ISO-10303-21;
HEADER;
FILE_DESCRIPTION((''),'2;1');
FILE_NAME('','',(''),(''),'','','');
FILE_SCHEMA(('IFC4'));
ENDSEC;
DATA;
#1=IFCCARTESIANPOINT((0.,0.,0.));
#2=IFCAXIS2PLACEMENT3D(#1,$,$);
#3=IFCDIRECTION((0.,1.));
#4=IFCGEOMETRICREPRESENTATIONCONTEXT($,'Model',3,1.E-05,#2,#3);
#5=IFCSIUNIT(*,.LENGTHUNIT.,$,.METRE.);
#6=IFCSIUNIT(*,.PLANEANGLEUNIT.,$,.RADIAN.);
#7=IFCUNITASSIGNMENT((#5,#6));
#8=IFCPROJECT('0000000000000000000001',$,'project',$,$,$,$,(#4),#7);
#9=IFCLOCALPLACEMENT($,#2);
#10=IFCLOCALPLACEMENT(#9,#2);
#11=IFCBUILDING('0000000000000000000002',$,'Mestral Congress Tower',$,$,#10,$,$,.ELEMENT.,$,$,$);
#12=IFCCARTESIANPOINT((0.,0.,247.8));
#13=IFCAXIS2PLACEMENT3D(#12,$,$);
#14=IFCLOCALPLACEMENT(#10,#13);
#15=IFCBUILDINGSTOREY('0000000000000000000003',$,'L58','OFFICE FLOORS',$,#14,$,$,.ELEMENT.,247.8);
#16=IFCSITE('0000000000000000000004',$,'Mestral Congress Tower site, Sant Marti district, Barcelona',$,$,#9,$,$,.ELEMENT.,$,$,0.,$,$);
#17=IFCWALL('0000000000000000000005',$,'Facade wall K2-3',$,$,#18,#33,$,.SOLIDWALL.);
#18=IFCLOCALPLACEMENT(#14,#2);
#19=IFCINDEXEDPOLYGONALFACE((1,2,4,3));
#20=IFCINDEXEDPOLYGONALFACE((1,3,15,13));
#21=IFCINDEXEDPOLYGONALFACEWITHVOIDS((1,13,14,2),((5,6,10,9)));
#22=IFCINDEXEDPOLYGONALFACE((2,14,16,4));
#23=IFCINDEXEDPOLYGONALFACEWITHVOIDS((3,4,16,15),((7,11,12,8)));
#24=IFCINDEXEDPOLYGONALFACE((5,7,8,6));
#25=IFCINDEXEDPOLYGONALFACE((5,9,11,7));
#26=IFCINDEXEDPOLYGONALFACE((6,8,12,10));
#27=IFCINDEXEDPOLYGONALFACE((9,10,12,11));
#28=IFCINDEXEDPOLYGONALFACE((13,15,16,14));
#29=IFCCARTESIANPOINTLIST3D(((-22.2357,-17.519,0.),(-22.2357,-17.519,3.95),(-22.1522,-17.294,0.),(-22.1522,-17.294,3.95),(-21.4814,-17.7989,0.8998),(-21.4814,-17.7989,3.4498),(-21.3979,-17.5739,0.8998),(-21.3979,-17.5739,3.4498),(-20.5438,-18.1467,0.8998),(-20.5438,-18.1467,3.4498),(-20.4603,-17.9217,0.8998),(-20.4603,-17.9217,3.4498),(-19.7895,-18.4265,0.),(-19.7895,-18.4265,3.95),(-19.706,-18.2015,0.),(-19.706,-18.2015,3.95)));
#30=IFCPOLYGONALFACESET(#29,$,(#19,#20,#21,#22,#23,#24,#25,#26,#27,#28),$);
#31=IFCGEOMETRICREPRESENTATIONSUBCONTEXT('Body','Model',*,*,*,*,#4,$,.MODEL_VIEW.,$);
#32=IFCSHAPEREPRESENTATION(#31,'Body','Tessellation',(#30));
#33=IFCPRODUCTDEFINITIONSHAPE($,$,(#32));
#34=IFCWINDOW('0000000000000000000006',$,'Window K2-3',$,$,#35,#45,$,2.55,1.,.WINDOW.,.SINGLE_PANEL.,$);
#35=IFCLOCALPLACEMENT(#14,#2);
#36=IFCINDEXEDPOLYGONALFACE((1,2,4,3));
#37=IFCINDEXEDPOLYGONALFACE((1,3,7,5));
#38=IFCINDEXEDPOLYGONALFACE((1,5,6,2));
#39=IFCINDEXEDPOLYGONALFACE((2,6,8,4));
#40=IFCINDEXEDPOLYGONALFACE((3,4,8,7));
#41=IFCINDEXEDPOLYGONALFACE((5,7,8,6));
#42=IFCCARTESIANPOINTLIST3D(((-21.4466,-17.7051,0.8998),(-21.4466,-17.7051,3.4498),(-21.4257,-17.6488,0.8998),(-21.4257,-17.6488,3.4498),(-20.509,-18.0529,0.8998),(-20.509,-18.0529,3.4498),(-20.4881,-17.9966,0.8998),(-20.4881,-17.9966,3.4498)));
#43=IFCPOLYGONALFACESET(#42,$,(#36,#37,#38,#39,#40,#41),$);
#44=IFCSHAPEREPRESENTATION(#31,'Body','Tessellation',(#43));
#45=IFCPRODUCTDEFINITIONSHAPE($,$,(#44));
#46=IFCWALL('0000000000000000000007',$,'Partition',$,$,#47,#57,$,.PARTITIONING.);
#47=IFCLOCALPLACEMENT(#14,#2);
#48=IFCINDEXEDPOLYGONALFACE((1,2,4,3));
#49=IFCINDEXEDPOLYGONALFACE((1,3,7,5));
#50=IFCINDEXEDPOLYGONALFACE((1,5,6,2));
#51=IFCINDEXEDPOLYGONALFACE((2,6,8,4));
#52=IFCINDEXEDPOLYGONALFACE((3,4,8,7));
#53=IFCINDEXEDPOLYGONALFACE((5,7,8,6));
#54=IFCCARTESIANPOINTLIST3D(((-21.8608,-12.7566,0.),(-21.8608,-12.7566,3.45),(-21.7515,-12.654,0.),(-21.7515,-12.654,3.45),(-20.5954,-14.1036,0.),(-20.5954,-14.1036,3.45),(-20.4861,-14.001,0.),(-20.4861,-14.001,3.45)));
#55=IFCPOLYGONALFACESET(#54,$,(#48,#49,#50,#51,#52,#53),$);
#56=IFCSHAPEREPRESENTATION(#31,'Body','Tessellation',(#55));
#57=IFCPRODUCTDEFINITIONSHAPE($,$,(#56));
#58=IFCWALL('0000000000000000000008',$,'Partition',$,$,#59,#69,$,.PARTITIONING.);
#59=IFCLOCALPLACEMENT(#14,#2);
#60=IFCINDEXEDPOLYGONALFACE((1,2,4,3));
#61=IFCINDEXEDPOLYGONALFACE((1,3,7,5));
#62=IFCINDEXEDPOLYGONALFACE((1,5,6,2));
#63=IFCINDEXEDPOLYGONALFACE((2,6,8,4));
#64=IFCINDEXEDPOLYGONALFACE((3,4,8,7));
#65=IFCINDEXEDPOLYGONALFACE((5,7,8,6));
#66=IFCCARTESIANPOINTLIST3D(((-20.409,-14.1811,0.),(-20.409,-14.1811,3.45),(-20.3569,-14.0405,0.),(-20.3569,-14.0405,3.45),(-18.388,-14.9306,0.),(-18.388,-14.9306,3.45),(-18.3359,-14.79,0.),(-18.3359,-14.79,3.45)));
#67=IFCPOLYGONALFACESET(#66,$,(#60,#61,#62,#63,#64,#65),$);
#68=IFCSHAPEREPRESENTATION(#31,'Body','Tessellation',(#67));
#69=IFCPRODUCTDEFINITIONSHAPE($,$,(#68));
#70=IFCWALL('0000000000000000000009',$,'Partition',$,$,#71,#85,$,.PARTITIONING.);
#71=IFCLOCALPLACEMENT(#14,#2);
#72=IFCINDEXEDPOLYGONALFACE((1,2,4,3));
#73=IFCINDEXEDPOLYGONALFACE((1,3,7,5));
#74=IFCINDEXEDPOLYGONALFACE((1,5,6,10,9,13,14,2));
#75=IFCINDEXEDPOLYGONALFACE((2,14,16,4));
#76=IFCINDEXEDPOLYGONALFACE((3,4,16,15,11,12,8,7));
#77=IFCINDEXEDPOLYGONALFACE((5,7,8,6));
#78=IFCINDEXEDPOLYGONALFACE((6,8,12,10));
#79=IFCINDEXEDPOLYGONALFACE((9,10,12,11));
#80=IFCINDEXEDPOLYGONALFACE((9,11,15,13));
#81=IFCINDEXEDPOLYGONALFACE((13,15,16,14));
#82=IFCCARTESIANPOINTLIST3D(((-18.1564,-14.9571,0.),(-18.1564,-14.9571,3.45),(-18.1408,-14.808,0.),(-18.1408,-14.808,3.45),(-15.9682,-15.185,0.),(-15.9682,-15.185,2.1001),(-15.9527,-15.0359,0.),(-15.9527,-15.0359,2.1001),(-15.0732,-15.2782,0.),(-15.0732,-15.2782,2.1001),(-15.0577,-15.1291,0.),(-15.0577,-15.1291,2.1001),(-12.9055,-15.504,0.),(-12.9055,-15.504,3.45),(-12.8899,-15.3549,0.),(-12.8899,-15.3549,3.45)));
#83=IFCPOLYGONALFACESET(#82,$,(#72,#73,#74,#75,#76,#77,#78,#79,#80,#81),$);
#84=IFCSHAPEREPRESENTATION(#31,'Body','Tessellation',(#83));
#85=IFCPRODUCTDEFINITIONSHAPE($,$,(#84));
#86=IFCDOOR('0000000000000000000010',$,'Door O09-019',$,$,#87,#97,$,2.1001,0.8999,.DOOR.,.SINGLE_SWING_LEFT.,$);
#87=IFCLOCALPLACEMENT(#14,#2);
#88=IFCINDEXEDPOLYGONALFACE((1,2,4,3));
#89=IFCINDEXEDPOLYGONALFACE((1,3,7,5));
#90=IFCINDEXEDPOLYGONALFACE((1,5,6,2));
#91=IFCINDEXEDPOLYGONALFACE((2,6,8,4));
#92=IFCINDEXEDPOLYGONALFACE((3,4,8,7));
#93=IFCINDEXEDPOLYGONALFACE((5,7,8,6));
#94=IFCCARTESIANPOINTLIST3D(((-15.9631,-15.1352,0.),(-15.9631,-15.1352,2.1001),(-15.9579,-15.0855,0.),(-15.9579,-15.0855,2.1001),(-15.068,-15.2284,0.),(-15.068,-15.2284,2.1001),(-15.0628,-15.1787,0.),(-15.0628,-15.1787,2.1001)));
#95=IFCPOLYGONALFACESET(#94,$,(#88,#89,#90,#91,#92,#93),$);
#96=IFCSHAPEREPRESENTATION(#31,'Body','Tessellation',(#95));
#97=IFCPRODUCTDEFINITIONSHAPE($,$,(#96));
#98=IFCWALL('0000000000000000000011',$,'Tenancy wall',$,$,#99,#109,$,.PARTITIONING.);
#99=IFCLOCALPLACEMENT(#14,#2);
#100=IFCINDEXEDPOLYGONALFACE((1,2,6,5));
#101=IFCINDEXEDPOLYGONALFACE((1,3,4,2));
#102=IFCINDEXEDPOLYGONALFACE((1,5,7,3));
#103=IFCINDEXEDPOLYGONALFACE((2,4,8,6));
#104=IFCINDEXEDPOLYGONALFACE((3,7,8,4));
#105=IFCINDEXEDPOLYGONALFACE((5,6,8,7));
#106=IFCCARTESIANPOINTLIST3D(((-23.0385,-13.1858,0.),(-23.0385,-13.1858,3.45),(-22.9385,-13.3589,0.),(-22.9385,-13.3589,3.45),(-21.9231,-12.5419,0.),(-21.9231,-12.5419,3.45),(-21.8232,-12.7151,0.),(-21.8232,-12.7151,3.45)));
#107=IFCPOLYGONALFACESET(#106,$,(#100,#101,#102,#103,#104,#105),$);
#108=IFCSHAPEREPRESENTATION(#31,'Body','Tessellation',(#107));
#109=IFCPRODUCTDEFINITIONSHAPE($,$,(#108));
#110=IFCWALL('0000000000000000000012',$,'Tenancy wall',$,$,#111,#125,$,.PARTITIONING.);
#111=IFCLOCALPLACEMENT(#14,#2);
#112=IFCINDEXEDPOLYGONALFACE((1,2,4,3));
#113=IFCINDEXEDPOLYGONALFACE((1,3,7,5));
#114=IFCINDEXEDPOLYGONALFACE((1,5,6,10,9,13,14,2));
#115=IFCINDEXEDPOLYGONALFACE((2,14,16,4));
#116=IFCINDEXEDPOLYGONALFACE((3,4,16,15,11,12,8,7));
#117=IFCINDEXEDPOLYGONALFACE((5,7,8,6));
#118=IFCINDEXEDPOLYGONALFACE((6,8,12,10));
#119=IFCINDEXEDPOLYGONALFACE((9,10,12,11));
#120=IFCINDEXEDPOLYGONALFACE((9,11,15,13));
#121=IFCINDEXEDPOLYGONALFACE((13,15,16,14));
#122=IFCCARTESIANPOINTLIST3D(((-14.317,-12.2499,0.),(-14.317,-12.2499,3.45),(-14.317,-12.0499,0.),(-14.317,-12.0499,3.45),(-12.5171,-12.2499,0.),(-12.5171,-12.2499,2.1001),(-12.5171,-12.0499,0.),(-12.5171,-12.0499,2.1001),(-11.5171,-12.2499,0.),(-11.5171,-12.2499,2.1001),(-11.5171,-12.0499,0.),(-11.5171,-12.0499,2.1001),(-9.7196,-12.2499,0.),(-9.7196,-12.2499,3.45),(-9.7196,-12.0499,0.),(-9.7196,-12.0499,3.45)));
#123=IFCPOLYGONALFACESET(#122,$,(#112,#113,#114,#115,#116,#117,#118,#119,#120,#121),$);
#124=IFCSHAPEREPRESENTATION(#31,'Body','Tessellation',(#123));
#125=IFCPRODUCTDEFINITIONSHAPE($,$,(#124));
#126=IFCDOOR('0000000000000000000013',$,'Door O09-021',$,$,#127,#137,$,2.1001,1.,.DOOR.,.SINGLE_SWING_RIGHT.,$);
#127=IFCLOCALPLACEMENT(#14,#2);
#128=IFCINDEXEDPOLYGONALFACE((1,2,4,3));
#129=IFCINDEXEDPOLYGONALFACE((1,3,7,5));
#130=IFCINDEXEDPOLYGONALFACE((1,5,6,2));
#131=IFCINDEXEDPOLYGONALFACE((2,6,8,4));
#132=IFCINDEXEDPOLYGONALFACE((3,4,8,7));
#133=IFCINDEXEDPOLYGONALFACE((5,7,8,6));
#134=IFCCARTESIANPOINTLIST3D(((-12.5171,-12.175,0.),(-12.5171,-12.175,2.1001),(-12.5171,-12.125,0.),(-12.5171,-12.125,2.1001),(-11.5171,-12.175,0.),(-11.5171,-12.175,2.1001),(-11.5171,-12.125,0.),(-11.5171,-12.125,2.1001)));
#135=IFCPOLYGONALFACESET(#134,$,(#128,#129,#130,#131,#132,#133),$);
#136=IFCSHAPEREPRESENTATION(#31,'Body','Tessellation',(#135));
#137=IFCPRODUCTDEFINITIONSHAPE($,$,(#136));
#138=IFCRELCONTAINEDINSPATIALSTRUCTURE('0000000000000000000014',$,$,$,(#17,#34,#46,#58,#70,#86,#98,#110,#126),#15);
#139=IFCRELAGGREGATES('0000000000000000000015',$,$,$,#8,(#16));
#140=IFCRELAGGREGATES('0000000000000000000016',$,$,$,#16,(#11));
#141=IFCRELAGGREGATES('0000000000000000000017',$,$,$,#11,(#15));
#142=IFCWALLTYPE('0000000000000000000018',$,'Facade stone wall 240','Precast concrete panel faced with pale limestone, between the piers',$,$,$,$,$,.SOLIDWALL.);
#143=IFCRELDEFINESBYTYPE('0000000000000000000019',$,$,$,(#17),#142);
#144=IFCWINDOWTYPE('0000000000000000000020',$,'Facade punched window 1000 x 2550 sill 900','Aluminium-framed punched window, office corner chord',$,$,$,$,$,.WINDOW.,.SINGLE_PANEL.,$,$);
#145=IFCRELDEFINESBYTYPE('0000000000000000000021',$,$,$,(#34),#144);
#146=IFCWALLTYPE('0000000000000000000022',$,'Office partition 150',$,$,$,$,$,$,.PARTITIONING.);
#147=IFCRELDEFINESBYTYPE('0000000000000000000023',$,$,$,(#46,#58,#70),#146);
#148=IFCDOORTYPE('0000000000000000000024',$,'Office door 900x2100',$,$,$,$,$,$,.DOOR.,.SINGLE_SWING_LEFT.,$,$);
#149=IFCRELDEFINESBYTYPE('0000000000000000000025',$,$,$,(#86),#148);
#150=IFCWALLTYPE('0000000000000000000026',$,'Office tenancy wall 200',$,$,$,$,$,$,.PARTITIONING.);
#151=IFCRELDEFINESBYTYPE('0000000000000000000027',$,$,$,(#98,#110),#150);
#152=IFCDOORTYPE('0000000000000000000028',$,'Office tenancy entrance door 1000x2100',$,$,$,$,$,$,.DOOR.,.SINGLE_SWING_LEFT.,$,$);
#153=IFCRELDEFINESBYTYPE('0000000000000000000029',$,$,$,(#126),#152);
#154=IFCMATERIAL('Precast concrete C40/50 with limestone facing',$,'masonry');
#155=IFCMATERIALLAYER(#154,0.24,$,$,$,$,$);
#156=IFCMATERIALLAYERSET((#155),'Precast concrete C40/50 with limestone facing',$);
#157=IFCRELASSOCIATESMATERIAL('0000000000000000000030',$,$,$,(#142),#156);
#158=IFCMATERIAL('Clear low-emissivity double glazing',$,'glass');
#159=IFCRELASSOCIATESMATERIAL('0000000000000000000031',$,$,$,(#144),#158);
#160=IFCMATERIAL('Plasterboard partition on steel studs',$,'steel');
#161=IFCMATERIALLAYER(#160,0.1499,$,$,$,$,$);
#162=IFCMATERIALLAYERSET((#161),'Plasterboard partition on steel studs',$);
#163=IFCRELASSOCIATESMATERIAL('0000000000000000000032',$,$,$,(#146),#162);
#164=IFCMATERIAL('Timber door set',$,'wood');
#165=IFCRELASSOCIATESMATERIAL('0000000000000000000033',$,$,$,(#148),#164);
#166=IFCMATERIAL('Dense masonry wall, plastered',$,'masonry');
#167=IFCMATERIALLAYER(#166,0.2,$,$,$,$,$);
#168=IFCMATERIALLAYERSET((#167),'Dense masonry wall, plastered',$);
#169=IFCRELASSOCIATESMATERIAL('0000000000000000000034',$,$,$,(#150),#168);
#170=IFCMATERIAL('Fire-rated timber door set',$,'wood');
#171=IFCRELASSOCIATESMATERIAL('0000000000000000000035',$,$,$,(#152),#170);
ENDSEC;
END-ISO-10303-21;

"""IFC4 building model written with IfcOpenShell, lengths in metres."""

from ifc_helpers import new_model, si_unit, direction, frame, frame_2d, origin, place, context, subcontext, project, spatial, rectangle, extrude, material, layer, layer_set, type_object, element, fill, save


model = new_model("IFC4")

# Units and contexts
model_context = context("Model", 3, precision=1e-05, world=origin(), true_north=direction((0.0, 1.0)))
body_context = subcontext(model_context, "Body", "Model", "MODEL_VIEW")
ifc_project = project(units=[si_unit("LENGTHUNIT", "METRE"), si_unit("PLANEANGLEUNIT", "RADIAN")], contexts=[model_context])

# Site, building, storey
site_placement = place(None, origin())
site = spatial("IfcSite", under=ifc_project, at=site_placement, Name="Mestral Congress Tower site, Sant Marti district, Barcelona", CompositionType="ELEMENT", RefElevation=0.0)
building_placement = place(site_placement, origin())
building = spatial("IfcBuilding", under=site, at=building_placement, Name="Mestral Congress Tower", CompositionType="ELEMENT")
storey_placement = place(building_placement, frame((0.0, 0.0, 247.8)))
storey = spatial("IfcBuildingStorey", under=building, at=storey_placement, Name="L58", Description="OFFICE FLOORS", CompositionType="ELEMENT", Elevation=247.8)

# Shared definitions
ifc_material_1 = material(Name="Precast concrete C40/50 with limestone facing", Category="masonry")
ifc_layer_1 = layer(ifc_material_1, 0.24)
ifc_layer_set_1 = layer_set([ifc_layer_1], Name="Precast concrete C40/50 with limestone facing")
wall_type_1 = type_object("IfcWallType", Name="Facade stone wall 240", Description="Precast concrete panel faced with pale limestone, between the piers", PredefinedType="SOLIDWALL", material=ifc_layer_set_1)
ifc_material_2 = material(Name="Clear low-emissivity double glazing", Category="glass")

# Wall, opening, window
window_type_1 = type_object("IfcWindowType", Name="Facade punched window 1000 x 2550 sill 900", Description="Aluminium-framed punched window, office corner chord", PartitioningType="SINGLE_PANEL", PredefinedType="WINDOW", material=ifc_material_2)
wall_1_placement = place(storey_placement, frame((-22.1941, -17.4065, 0.0), z_axis=(0.0, 0.0, 1.0), x_axis=(0.937569, -0.347799, 0.0)))
wall_1 = element("IfcWall", 1, at=wall_1_placement, inside=storey, type_object=wall_type_1, Name="Facade wall K2-3", PredefinedType="SOLIDWALL", context=body_context, shape_type="SweptSolid", body=[
    extrude(rectangle(XDim=2.6091, YDim=0.24, at=frame_2d((1.3047, 0.0))), origin(), (0.0, 0.0, 1.0), 3.95),
])
opening_1_placement = place(wall_1_placement, frame((0.8047, 0.0, 0.8999)))
opening_1 = element("IfcOpeningElement", 2, at=opening_1_placement, cuts=wall_1, PredefinedType="OPENING", context=body_context, shape_type="SweptSolid", body=[
    extrude(rectangle(XDim=1.0, YDim=2.55, at=frame_2d((0.5, 1.2749))), frame((0.0, 0.1299, 0.0), z_axis=(0.0, -1.0, 0.0), x_axis=(1.0, 0.0, 0.0)), (0.0, 0.0, 1.0), 0.26),
])
window_1_placement = place(opening_1_placement, origin())
window_1 = element("IfcWindow", 3, at=window_1_placement, inside=storey, type_object=window_type_1, Name="Window K2-3", OverallHeight=2.55, OverallWidth=1.0, PartitioningType="SINGLE_PANEL", PredefinedType="WINDOW", context=body_context, shape_type="SweptSolid", body=[
    extrude(rectangle(XDim=1.0, YDim=2.55, at=frame_2d((0.5, 1.2749))), frame((0.0, 0.04, 0.0), z_axis=(0.0, -1.0, 0.0), x_axis=(1.0, 0.0, 0.0)), (0.0, 0.0, 1.0), 0.0601),
])
fill(opening_1, window_1)

# Walls
ifc_material_3 = material(Name="Plasterboard partition on steel studs", Category="steel")
ifc_layer_2 = layer(ifc_material_3, 0.1499)
ifc_layer_set_2 = layer_set([ifc_layer_2], Name="Plasterboard partition on steel studs")
wall_type_2 = type_object("IfcWallType", Name="Office partition 150", PredefinedType="PARTITIONING", material=ifc_layer_set_2)
wall_2_placement = place(storey_placement, frame((-21.8062, -12.7053, 0.0), z_axis=(0.0, 0.0, 1.0), x_axis=(0.684701, -0.728824, 0.0)))
element("IfcWall", 4, at=wall_2_placement, inside=storey, type_object=wall_type_2, Name="Partition", PredefinedType="PARTITIONING", context=body_context, shape_type="SweptSolid", body=[
    extrude(rectangle(XDim=1.8481, YDim=0.1499, at=frame_2d((0.9241, 0.0))), origin(), (0.0, 0.0, 1.0), 3.45),
])
wall_3_placement = place(storey_placement, frame((-20.3828, -14.1108, 0.0), z_axis=(0.0, 0.0, 1.0), x_axis=(0.937598, -0.34772, 0.0)))
element("IfcWall", 5, at=wall_3_placement, inside=storey, type_object=wall_type_2, Name="Partition", PredefinedType="PARTITIONING", context=body_context, shape_type="SweptSolid", body=[
    extrude(rectangle(XDim=2.1555, YDim=0.1499, at=frame_2d((1.0776, 0.0))), origin(), (0.0, 0.0, 1.0), 3.45),
])

# Wall, opening, door
wall_4_placement = place(storey_placement, frame((-12.8977, -15.4294, 0.0), z_axis=(0.0, 0.0, 1.0), x_axis=(-0.99462, 0.103587, 0.0)))
wall_4 = element("IfcWall", 6, at=wall_4_placement, inside=storey, type_object=wall_type_2, Name="Partition", PredefinedType="PARTITIONING", context=body_context, shape_type="SweptSolid", body=[
    extrude(rectangle(XDim=5.2793, YDim=0.1499, at=frame_2d((2.6396, 0.0))), origin(), (0.0, 0.0, 1.0), 3.45),
])
opening_2_placement = place(wall_4_placement, frame((2.1794, 0.0, 0.0)))
opening_2 = element("IfcOpeningElement", 7, at=opening_2_placement, cuts=wall_4, PredefinedType="OPENING", context=body_context, shape_type="SweptSolid", body=[
    extrude(rectangle(XDim=0.8999, YDim=2.1001, at=frame_2d((0.45, 1.05))), frame((0.0, 0.085, 0.0), z_axis=(0.0, -1.0, 0.0), x_axis=(1.0, 0.0, 0.0)), (0.0, 0.0, 1.0), 0.1699),
])
ifc_material_4 = material(Name="Timber door set", Category="wood")
door_type_1 = type_object("IfcDoorType", Name="Office door 900x2100", OperationType="SINGLE_SWING_LEFT", PredefinedType="DOOR", material=ifc_material_4)
door_1_placement = place(opening_2_placement, origin())
door_1 = element("IfcDoor", 8, at=door_1_placement, inside=storey, type_object=door_type_1, Name="Door O09-019", OperationType="SINGLE_SWING_LEFT", OverallHeight=2.1001, OverallWidth=0.8999, PredefinedType="DOOR", context=body_context, shape_type="SweptSolid", body=[
    extrude(rectangle(XDim=0.8999, YDim=2.1001, at=frame_2d((0.45, 1.05))), frame((0.0, 0.0249, 0.0), z_axis=(0.0, -1.0, 0.0), x_axis=(1.0, 0.0, 0.0)), (0.0, 0.0, 1.0), 0.05),
])
fill(opening_2, door_1)

# Wall
ifc_material_5 = material(Name="Dense masonry wall, plastered", Category="masonry")
ifc_layer_3 = layer(ifc_material_5, 0.2)
ifc_layer_set_3 = layer_set([ifc_layer_3], Name="Dense masonry wall, plastered")
wall_type_3 = type_object("IfcWallType", Name="Office tenancy wall 200", PredefinedType="PARTITIONING", material=ifc_layer_set_3)
wall_5_placement = place(storey_placement, frame((-21.873, -12.6284, 0.0), z_axis=(0.0, 0.0, 1.0), x_axis=(-0.866053, -0.499952, 0.0)))
element("IfcWall", 9, at=wall_5_placement, inside=storey, type_object=wall_type_3, Name="Tenancy wall", PredefinedType="PARTITIONING", context=body_context, shape_type="SweptSolid", body=[
    extrude(rectangle(XDim=1.2878, YDim=0.2, at=frame_2d((0.644, 0.0))), origin(), (0.0, 0.0, 1.0), 3.45),
])

# Wall, opening, door
wall_6_placement = place(storey_placement, frame((-14.3171, -12.1499, 0.0), z_axis=(0.0, 0.0, 1.0), x_axis=(1.0, 0.0, 0.0)))
wall_6 = element("IfcWall", 10, at=wall_6_placement, inside=storey, type_object=wall_type_3, Name="Tenancy wall", PredefinedType="PARTITIONING", context=body_context, shape_type="SweptSolid", body=[
    extrude(rectangle(XDim=4.5974, YDim=0.2, at=frame_2d((2.2988, 0.0))), origin(), (0.0, 0.0, 1.0), 3.45),
])
opening_3_placement = place(wall_6_placement, frame((1.8, 0.0, 0.0)))
opening_3 = element("IfcOpeningElement", 11, at=opening_3_placement, cuts=wall_6, PredefinedType="OPENING", context=body_context, shape_type="SweptSolid", body=[
    extrude(rectangle(XDim=1.0, YDim=2.1001, at=frame_2d((0.5, 1.05))), frame((0.0, 0.1099, 0.0), z_axis=(0.0, -1.0, 0.0), x_axis=(1.0, 0.0, 0.0)), (0.0, 0.0, 1.0), 0.22),
])
ifc_material_6 = material(Name="Fire-rated timber door set", Category="wood")
door_type_2 = type_object("IfcDoorType", Name="Office tenancy entrance door 1000x2100", OperationType="SINGLE_SWING_LEFT", PredefinedType="DOOR", material=ifc_material_6)
door_2_placement = place(opening_3_placement, origin())
door_2 = element("IfcDoor", 12, at=door_2_placement, inside=storey, type_object=door_type_2, Name="Door O09-021", OperationType="SINGLE_SWING_RIGHT", OverallHeight=2.1001, OverallWidth=1.0, PredefinedType="DOOR", context=body_context, shape_type="SweptSolid", body=[
    extrude(rectangle(XDim=1.0, YDim=2.1001, at=frame_2d((0.5, 1.05))), frame((0.0, 0.0249, 0.0), z_axis=(0.0, -1.0, 0.0), x_axis=(1.0, 0.0, 0.0)), (0.0, 0.0, 1.0), 0.05),
])
fill(opening_3, door_2)

save(model, "model.ifc")
